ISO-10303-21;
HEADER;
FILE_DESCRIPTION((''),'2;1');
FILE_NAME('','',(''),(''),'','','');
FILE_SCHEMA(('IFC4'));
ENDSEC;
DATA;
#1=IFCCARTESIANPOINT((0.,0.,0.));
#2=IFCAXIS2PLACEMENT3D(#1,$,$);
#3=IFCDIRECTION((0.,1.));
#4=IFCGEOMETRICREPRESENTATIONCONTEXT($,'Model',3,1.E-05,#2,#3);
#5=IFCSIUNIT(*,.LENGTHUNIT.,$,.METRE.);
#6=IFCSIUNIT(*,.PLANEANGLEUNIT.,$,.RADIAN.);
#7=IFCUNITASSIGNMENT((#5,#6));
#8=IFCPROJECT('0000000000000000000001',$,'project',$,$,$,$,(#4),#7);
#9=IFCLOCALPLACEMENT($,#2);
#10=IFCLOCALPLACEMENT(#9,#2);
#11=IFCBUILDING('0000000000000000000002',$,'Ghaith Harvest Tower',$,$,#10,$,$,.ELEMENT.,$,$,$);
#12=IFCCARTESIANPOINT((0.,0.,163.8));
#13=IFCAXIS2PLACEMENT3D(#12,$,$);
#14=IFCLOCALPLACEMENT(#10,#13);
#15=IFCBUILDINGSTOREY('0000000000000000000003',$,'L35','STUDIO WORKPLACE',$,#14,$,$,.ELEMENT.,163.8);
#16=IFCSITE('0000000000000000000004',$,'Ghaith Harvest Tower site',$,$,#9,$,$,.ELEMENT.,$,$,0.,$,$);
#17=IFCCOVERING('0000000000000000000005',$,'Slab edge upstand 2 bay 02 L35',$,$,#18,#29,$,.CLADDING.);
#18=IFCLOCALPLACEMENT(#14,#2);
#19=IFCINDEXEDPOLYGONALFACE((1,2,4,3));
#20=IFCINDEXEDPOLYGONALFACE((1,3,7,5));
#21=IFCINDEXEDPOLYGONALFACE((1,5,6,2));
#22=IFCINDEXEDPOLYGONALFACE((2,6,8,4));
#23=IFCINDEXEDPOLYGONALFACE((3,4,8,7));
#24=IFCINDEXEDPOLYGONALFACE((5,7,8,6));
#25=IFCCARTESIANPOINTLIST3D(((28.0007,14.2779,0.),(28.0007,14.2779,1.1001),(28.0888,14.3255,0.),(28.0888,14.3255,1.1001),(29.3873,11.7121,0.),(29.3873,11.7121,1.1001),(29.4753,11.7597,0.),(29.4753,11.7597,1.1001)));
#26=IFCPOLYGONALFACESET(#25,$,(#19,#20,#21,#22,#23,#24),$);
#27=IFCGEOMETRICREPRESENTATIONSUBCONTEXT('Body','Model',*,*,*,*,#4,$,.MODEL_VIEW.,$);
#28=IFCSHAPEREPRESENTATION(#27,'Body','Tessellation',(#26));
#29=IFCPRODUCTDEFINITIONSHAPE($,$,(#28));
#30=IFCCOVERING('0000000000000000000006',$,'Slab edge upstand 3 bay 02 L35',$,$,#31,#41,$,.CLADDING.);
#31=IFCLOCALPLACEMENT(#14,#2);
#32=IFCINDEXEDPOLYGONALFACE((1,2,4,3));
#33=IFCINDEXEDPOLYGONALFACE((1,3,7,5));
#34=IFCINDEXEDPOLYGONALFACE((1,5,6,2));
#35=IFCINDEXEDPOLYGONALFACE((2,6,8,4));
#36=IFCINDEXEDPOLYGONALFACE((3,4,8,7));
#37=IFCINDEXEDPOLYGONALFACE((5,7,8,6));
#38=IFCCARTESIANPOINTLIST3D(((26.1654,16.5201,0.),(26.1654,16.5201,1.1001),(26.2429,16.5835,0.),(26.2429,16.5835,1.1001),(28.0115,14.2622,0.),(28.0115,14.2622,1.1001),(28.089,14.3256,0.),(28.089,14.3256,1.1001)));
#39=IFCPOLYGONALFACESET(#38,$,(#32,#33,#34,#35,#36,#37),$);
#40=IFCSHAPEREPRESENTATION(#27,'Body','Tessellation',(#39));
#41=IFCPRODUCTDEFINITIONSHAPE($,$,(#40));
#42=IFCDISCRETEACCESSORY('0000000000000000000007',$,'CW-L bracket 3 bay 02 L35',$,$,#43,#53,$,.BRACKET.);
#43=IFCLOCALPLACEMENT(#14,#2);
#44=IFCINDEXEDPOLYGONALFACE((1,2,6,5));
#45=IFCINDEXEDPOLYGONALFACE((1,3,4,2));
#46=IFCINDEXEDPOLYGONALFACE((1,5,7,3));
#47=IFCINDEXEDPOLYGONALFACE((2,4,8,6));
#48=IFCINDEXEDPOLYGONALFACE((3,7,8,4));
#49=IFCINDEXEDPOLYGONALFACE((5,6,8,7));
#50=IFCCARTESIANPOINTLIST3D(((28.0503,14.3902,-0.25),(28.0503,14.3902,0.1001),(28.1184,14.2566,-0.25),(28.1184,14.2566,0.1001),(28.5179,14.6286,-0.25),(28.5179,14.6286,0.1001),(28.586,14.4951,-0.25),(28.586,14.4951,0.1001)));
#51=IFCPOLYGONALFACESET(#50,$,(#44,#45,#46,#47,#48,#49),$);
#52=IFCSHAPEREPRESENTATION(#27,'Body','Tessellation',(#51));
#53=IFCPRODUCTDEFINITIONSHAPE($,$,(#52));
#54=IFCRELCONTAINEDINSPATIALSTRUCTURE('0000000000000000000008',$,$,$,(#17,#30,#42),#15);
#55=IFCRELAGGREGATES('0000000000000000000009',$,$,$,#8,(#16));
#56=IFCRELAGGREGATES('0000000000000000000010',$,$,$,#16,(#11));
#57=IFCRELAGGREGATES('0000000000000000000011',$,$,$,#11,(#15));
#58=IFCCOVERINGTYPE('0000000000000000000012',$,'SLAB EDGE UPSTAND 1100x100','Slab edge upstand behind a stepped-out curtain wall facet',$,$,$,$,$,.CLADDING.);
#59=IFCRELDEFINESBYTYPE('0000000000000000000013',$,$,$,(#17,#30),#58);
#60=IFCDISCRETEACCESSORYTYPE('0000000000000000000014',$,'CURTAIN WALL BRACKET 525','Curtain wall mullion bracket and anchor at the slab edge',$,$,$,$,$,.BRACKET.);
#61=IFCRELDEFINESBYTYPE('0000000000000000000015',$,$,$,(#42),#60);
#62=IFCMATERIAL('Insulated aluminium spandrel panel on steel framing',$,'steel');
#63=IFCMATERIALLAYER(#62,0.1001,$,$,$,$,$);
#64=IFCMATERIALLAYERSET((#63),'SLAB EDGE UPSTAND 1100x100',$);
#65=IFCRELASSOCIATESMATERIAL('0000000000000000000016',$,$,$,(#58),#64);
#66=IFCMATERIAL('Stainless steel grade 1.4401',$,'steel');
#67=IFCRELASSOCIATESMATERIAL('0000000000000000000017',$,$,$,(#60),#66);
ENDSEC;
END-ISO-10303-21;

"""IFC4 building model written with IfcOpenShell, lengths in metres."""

from ifc_helpers import new_model, si_unit, direction, frame, origin, origin_2d, place, context, subcontext, project, spatial, rectangle, extrude, material, layer, layer_set, type_object, element, save


model = new_model("IFC4")

# Units and contexts
model_context = context("Model", 3, precision=1e-05, world=origin(), true_north=direction((0.0, 1.0)))
body_context = subcontext(model_context, "Body", "Model", "MODEL_VIEW")
ifc_project = project(units=[si_unit("LENGTHUNIT", "METRE"), si_unit("PLANEANGLEUNIT", "RADIAN")], contexts=[model_context])

# Site, building, storey
site_placement = place(None, origin())
site = spatial("IfcSite", under=ifc_project, at=site_placement, Name="Ghaith Harvest Tower site", CompositionType="ELEMENT", RefElevation=0.0)
building_placement = place(site_placement, origin())
building = spatial("IfcBuilding", under=site, at=building_placement, Name="Ghaith Harvest Tower", CompositionType="ELEMENT")
storey_placement = place(building_placement, frame((0.0, 0.0, 163.8)))
storey = spatial("IfcBuildingStorey", under=building, at=storey_placement, Name="L35", Description="STUDIO WORKPLACE", CompositionType="ELEMENT", Elevation=163.8)

# Coverings
ifc_material_1 = material(Name="Insulated aluminium spandrel panel on steel framing", Category="steel")
ifc_layer_1 = layer(ifc_material_1, 0.1001)
ifc_layer_set_1 = layer_set([ifc_layer_1], Name="SLAB EDGE UPSTAND 1100x100")
covering_type = type_object("IfcCoveringType", Name="SLAB EDGE UPSTAND 1100x100", Description="Slab edge upstand behind a stepped-out curtain wall facet", PredefinedType="CLADDING", material=ifc_layer_set_1)
for number, where, z_axis, x_axis, name in (
    (1, (28.738, 13.0188, 0.0), (0.0, 0.0, 1.0), (-0.475409, 0.879765, 0.0), "Slab edge upstand 2 bay 02 L35"),
    (2, (27.1272, 15.4229, 0.0), (0.0, 0.0, 1.0), (-0.63297, 0.774177, 0.0), "Slab edge upstand 3 bay 02 L35"),
):
    element("IfcCovering", number, at=place(storey_placement, frame(where, z_axis=z_axis, x_axis=x_axis)), inside=storey, type_object=covering_type, Name=name, PredefinedType="CLADDING", context=body_context, shape_type="SweptSolid", body=[
        extrude(rectangle(XDim=2.9165, YDim=0.1001, at=origin_2d()), origin(), (0.0, 0.0, 1.0), 1.1001),
    ])

# Discrete accessory
ifc_material_2 = material(Name="Stainless steel grade 1.4401", Category="steel")
discrete_accessory_type = type_object("IfcDiscreteAccessoryType", Name="CURTAIN WALL BRACKET 525", Description="Curtain wall mullion bracket and anchor at the slab edge", PredefinedType="BRACKET", material=ifc_material_2)
discrete_accessory_placement = place(storey_placement, frame((28.3181, 14.4426, -0.25), z_axis=(0.0, 0.0, 1.0), x_axis=(0.890831, 0.454335, 0.0)))
element("IfcDiscreteAccessory", 3, at=discrete_accessory_placement, inside=storey, type_object=discrete_accessory_type, Name="CW-L bracket 3 bay 02 L35", PredefinedType="BRACKET", context=body_context, shape_type="SweptSolid", body=[
    extrude(rectangle(XDim=0.5249, YDim=0.1499, at=origin_2d()), origin(), (0.0, 0.0, 1.0), 0.3501),
])

save(model, "model.ifc")
